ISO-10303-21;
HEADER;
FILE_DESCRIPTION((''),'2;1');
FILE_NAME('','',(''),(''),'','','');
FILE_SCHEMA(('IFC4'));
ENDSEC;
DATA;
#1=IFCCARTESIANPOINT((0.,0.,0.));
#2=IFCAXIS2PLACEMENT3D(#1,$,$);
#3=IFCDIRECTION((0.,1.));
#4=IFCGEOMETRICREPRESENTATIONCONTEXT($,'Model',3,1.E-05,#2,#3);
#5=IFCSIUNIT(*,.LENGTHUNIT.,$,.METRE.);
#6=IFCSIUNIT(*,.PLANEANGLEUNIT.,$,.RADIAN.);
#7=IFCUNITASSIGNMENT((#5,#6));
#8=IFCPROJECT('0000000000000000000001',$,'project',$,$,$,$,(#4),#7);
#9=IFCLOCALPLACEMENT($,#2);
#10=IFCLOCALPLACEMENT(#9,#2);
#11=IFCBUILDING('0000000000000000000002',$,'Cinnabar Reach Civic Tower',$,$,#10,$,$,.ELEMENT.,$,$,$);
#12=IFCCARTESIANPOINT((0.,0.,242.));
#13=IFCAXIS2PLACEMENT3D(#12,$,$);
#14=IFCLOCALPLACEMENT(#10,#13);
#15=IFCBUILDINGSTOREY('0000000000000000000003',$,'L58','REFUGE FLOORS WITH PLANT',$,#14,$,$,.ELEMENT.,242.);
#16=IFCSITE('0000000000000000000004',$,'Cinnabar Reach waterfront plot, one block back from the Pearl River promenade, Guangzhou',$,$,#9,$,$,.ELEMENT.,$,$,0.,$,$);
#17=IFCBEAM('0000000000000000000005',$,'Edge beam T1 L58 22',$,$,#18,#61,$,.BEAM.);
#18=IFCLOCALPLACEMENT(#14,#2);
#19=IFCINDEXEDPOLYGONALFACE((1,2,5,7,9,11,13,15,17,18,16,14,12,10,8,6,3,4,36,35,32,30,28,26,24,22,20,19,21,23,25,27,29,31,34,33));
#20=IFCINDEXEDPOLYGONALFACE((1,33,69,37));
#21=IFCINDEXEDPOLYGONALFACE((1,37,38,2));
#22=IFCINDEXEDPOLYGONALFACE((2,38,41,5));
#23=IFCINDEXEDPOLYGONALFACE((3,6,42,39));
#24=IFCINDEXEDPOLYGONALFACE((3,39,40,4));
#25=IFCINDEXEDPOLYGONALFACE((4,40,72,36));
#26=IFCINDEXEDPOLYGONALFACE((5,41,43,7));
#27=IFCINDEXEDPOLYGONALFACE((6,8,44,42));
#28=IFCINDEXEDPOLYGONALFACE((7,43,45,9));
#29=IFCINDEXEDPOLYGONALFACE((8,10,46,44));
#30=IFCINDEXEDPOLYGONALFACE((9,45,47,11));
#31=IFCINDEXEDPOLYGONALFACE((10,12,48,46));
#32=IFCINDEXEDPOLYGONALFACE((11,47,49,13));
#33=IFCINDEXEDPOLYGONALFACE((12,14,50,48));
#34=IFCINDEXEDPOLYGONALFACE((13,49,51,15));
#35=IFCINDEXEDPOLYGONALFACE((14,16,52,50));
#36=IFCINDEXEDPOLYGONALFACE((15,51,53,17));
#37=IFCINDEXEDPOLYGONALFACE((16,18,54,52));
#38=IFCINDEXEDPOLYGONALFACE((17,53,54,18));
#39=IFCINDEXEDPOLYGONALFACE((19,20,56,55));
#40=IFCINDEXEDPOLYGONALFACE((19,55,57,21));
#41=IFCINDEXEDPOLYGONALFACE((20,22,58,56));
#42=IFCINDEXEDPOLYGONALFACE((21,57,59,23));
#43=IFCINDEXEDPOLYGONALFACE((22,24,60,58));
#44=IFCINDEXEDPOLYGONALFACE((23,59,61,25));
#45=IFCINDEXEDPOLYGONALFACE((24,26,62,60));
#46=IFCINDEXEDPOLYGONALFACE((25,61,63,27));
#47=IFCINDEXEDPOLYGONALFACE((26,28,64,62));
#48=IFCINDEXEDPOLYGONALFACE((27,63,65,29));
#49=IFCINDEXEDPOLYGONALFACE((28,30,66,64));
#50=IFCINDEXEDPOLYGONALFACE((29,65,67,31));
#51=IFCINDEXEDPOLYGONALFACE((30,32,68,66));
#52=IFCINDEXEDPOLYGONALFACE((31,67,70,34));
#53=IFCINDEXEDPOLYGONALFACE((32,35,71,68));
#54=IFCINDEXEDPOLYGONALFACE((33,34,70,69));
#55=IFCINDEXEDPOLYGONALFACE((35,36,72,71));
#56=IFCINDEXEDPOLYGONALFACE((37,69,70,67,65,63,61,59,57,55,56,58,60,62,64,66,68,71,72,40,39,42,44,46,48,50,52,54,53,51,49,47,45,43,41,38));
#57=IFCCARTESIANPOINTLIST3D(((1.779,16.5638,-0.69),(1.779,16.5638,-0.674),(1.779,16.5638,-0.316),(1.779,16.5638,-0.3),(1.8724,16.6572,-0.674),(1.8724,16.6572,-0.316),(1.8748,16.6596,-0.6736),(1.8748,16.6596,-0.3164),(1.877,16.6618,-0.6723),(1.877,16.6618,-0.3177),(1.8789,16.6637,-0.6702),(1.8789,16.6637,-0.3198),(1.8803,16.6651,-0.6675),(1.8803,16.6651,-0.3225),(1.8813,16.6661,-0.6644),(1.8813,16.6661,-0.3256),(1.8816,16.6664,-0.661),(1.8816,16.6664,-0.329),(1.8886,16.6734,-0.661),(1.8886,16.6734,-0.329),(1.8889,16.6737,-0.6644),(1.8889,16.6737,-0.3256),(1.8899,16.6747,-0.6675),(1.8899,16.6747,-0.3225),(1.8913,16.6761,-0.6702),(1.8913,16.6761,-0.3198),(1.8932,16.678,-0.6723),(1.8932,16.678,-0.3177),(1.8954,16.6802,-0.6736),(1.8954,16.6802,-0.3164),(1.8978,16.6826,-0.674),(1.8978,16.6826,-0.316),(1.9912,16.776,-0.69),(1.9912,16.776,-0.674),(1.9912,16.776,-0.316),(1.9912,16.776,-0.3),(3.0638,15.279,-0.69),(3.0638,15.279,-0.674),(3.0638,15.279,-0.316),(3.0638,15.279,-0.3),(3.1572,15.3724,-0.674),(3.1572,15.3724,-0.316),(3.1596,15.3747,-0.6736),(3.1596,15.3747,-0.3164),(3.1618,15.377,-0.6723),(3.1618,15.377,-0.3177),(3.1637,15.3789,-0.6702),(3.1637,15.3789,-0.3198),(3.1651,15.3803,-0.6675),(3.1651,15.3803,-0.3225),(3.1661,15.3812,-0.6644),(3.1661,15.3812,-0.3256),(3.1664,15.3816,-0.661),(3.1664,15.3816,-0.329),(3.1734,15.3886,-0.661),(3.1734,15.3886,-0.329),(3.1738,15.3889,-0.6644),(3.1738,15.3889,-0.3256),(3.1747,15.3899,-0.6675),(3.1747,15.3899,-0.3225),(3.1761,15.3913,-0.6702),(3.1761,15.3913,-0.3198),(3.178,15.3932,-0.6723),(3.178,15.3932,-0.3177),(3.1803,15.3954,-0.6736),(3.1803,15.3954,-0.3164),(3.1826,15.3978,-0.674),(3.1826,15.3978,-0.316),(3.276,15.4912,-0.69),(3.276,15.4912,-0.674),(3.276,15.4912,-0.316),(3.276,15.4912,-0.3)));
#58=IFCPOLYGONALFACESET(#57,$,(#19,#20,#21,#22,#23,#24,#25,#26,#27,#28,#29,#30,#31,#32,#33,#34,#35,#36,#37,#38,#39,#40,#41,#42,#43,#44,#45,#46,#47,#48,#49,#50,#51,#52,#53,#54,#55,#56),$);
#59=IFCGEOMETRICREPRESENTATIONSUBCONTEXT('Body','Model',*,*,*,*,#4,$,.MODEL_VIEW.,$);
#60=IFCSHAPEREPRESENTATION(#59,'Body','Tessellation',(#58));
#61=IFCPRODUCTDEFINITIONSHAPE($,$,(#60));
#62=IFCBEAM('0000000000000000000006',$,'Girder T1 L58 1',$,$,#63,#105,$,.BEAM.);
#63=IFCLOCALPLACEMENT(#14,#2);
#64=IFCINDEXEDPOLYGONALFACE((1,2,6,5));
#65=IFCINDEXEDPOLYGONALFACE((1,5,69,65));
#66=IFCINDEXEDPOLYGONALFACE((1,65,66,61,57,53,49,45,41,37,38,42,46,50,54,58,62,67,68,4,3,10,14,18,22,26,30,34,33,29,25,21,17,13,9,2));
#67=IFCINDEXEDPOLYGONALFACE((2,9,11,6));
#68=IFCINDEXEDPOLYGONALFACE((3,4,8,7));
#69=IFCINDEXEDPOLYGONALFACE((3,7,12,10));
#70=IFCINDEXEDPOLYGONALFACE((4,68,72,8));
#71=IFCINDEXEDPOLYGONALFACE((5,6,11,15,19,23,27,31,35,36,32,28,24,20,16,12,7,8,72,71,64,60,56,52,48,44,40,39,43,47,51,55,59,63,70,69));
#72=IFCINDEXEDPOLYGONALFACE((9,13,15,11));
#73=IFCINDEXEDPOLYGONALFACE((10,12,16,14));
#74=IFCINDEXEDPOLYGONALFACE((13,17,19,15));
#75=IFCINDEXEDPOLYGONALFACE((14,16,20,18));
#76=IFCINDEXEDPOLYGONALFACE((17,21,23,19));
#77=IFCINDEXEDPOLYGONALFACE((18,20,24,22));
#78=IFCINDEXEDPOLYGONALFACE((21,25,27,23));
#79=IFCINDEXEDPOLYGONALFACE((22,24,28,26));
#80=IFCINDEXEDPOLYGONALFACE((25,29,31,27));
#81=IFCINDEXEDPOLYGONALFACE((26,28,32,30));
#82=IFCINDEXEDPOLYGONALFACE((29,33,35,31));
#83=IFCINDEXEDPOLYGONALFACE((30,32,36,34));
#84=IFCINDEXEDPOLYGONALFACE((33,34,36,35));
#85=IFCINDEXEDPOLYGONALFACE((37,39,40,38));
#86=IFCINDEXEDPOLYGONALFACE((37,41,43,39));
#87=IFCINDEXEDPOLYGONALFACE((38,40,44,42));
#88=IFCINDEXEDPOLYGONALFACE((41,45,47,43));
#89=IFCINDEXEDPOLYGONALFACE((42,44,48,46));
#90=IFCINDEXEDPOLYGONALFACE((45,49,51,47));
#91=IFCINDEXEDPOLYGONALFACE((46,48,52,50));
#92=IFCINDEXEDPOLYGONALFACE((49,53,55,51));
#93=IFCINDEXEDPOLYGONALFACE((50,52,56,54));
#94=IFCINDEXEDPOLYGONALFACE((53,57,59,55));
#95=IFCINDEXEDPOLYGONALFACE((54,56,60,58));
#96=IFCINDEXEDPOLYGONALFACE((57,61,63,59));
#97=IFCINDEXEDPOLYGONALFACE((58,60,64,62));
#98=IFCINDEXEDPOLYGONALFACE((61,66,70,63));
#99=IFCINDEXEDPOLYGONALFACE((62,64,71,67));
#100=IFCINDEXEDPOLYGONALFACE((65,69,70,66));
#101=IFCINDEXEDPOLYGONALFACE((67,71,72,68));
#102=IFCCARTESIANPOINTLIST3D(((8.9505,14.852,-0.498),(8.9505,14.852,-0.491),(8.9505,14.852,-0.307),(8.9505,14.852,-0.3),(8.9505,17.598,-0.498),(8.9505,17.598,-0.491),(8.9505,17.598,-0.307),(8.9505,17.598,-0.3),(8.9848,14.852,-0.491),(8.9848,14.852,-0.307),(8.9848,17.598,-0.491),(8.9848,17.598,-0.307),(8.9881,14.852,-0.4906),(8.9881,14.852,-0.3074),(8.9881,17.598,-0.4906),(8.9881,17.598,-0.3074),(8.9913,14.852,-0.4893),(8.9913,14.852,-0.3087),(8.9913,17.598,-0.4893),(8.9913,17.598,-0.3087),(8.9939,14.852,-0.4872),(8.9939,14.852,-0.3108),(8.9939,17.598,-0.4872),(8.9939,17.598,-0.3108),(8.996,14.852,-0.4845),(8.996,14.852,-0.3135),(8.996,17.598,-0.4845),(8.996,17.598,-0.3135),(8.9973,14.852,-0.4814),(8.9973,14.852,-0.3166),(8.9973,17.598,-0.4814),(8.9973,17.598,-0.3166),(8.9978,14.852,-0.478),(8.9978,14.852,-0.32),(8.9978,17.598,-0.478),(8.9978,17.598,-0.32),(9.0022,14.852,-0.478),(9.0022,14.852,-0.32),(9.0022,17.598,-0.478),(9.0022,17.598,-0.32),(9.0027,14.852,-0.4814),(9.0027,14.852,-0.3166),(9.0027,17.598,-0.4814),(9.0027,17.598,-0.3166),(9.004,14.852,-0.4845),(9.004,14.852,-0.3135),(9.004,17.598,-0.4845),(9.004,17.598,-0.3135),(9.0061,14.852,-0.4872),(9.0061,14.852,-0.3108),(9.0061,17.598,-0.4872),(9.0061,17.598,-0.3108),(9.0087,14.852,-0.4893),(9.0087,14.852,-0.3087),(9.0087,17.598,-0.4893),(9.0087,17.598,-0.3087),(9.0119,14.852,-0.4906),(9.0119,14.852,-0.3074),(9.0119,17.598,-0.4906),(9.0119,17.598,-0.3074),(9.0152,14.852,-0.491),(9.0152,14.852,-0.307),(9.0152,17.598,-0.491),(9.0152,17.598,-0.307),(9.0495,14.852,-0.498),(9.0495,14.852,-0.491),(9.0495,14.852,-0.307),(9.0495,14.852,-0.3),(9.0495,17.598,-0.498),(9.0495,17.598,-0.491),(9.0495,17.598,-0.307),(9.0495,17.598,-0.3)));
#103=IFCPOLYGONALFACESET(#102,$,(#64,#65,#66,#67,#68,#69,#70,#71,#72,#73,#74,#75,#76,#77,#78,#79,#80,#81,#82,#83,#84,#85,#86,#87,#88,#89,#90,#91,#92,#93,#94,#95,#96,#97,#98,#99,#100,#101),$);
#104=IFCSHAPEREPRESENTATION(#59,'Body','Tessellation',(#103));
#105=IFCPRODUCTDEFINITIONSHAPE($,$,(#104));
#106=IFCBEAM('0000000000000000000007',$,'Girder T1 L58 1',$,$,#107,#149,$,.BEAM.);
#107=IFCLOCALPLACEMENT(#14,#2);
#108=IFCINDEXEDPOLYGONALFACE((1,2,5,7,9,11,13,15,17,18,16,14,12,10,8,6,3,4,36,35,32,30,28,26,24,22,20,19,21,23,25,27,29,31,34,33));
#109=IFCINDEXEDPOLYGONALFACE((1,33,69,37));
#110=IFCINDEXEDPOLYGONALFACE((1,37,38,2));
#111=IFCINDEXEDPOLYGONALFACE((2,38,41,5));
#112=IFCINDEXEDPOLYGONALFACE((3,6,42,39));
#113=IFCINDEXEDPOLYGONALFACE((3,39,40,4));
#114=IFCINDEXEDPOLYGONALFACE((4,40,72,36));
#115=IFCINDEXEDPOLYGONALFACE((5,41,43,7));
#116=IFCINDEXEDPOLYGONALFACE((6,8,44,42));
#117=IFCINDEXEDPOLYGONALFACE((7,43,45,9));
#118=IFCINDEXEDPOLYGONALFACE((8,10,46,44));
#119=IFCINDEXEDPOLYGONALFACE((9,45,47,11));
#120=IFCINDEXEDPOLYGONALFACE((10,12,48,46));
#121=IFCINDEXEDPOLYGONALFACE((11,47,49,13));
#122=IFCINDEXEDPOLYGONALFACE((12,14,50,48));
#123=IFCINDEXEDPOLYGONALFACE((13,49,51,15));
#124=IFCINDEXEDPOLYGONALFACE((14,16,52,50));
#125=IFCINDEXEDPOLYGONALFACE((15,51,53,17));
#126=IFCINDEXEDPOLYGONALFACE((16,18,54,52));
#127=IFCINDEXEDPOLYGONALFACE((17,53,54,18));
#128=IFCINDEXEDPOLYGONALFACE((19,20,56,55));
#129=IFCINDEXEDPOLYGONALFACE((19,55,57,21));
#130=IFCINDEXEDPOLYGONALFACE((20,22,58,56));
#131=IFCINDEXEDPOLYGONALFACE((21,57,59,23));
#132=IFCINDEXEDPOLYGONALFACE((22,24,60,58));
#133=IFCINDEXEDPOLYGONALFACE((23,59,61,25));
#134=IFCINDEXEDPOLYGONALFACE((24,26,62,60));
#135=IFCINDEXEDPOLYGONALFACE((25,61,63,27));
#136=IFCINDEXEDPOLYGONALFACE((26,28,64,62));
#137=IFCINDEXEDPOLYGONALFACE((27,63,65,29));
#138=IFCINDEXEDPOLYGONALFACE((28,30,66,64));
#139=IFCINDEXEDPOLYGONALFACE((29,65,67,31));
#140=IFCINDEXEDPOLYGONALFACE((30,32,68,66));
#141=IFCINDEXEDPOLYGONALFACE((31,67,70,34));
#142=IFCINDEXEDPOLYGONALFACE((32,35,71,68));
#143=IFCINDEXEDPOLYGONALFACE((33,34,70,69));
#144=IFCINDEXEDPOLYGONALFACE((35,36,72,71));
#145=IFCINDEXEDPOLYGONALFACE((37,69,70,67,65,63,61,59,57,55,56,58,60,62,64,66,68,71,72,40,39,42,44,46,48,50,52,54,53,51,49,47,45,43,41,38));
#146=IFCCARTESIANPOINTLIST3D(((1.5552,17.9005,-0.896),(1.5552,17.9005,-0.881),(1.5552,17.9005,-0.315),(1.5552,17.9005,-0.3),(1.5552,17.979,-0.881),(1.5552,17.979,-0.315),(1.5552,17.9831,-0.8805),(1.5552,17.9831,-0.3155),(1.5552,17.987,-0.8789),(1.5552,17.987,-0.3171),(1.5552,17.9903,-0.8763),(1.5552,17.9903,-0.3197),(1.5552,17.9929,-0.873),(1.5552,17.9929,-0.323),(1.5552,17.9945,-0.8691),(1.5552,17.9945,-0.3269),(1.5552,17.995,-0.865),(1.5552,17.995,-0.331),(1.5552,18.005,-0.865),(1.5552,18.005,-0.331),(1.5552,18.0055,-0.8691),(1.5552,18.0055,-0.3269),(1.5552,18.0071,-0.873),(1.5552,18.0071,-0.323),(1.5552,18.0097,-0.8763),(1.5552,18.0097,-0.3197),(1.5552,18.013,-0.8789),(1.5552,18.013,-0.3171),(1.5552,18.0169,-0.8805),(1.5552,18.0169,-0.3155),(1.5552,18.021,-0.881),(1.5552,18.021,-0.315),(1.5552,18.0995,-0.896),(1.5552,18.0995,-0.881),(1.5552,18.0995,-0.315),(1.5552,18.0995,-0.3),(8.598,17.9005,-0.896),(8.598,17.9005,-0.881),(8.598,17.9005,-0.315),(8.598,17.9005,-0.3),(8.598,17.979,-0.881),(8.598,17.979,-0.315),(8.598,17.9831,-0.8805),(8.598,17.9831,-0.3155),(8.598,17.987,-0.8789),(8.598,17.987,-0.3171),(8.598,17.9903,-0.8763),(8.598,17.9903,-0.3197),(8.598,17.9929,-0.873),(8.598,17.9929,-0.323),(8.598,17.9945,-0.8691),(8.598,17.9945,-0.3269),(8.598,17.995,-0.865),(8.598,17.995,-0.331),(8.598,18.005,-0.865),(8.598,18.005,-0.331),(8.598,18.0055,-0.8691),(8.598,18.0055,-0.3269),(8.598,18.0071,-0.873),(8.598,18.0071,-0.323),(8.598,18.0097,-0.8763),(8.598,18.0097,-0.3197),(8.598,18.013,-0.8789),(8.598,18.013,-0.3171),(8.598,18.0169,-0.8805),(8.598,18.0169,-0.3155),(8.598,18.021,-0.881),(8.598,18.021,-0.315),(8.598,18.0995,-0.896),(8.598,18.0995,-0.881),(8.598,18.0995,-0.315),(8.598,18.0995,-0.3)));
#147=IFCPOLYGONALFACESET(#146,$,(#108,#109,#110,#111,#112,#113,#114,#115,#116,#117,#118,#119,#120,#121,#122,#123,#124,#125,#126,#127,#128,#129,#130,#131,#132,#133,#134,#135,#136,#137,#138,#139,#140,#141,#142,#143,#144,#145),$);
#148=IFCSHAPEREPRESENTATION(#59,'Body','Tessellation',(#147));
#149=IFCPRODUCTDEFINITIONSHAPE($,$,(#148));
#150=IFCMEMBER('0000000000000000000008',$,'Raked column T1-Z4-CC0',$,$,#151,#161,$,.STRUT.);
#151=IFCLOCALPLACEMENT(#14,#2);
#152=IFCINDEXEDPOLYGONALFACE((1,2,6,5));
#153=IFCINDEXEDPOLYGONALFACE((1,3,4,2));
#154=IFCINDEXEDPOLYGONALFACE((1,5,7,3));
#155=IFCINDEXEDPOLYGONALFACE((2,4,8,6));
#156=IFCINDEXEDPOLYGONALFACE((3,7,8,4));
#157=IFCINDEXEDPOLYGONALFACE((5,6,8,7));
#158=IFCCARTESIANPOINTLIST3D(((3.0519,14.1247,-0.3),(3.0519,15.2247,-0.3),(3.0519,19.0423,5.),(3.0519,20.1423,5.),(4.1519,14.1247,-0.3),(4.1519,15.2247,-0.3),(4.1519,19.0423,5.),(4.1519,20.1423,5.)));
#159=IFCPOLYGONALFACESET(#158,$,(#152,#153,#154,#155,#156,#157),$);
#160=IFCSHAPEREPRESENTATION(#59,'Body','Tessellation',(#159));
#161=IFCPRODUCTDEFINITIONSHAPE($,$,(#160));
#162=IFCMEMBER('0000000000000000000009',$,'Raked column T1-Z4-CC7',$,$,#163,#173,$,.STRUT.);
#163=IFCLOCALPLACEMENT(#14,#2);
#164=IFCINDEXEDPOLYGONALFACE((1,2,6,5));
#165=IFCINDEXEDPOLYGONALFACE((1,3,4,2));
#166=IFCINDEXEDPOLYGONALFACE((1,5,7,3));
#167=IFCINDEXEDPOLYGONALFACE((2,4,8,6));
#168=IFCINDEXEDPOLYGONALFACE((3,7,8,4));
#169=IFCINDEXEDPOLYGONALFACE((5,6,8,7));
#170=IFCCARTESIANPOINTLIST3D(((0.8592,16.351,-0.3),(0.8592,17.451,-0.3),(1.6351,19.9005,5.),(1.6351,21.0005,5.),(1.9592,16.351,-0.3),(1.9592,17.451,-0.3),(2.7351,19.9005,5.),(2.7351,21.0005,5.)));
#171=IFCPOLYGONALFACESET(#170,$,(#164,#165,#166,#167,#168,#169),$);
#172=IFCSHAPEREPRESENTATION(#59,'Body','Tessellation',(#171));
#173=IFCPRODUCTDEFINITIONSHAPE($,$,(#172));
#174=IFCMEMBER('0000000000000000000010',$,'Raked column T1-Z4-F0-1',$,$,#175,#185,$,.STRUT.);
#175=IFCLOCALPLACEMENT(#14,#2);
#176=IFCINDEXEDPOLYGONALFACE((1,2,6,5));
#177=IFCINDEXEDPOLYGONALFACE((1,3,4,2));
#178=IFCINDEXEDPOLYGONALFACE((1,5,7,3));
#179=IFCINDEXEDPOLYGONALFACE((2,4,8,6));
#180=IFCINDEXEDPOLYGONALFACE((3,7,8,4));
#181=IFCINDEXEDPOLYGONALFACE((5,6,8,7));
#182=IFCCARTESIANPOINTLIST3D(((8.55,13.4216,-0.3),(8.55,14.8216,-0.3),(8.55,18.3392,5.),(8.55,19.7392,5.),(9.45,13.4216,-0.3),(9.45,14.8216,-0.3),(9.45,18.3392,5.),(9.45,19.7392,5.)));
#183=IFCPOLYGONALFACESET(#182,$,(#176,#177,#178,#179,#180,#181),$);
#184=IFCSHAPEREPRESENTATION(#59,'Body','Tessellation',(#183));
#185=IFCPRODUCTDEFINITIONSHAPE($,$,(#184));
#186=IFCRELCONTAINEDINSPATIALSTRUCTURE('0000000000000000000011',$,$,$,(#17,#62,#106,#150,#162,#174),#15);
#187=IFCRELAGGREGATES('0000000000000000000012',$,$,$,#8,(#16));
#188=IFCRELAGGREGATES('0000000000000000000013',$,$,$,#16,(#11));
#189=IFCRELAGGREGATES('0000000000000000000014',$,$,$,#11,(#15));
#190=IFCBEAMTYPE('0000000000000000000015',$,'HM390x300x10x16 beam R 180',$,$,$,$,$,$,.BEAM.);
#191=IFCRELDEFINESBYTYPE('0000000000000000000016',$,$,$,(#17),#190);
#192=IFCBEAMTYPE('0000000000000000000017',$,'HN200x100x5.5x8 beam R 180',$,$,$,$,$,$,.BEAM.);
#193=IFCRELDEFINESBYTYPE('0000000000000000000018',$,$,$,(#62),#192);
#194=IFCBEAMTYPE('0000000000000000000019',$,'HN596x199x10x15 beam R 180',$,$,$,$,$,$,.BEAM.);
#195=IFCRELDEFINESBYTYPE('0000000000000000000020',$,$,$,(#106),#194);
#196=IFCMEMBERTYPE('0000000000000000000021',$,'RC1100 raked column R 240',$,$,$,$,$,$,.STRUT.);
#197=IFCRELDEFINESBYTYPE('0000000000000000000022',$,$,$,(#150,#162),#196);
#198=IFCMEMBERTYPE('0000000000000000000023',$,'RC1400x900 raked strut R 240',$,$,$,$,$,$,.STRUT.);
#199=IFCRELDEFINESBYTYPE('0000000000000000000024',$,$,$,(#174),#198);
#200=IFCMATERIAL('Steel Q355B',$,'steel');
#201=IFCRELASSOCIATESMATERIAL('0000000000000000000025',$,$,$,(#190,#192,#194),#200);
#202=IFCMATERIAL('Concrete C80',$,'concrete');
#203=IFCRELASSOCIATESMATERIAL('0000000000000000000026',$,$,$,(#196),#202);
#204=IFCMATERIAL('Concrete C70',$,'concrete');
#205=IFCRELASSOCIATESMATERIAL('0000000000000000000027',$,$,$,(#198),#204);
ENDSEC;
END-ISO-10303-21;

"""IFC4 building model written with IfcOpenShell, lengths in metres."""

from ifc_helpers import new_model, si_unit, direction, frame, origin, origin_2d, place, context, subcontext, project, spatial, rectangle, i_section, extrude, material, material_profile, profile_set, type_object, element, save


model = new_model("IFC4")

# Units and contexts
model_context = context("Model", 3, precision=1e-05, world=origin(), true_north=direction((0.0, 1.0)))
body_context = subcontext(model_context, "Body", "Model", "MODEL_VIEW")
ifc_project = project(units=[si_unit("LENGTHUNIT", "METRE"), si_unit("PLANEANGLEUNIT", "RADIAN")], contexts=[model_context])

# Site, building, storey
site_placement = place(None, origin())
site = spatial("IfcSite", under=ifc_project, at=site_placement, Name="Cinnabar Reach waterfront plot, one block back from the Pearl River promenade, Guangzhou", CompositionType="ELEMENT", RefElevation=0.0)
building_placement = place(site_placement, origin())
building = spatial("IfcBuilding", under=site, at=building_placement, Name="Cinnabar Reach Civic Tower", CompositionType="ELEMENT")
storey_placement = place(building_placement, frame((0.0, 0.0, 242.0)))
storey = spatial("IfcBuildingStorey", under=building, at=storey_placement, Name="L58", Description="REFUGE FLOORS WITH PLANT", CompositionType="ELEMENT", Elevation=242.0)

# Shared definitions
ifc_material_1 = material(Name="Concrete C80", Category="concrete")
ifc_material_2 = material(Name="Concrete C70", Category="concrete")

# Beams
ifc_material_3 = material(Name="Steel Q355B", Category="steel")
ifc_material_profile_1 = material_profile(ifc_material_3, i_section(OverallWidth=0.3, OverallDepth=0.39, WebThickness=0.01, FlangeThickness=0.016, FilletRadius=0.013, at=origin_2d()), Name="HM390x300x10x16")
ifc_profile_set_1 = profile_set([ifc_material_profile_1], Name="Steel Q355B")
beam_type_1 = type_object("IfcBeamType", Name="HM390x300x10x16 beam R 180", PredefinedType="BEAM", material=ifc_profile_set_1)
beam_1_placement = place(storey_placement, frame((1.8851, 16.6699, -0.495), z_axis=(0.707107, -0.707107, 0.0), x_axis=(0.707107, 0.707107, 0.0)))
element("IfcBeam", 1, at=beam_1_placement, inside=storey, type_object=beam_type_1, Name="Edge beam T1 L58 22", PredefinedType="BEAM", context=body_context, shape_type="SweptSolid", body=[
    extrude(i_section(OverallWidth=0.3, OverallDepth=0.39, WebThickness=0.01, FlangeThickness=0.016, FilletRadius=0.013, at=origin_2d()), origin(), (0.0, 0.0, 1.0), 1.817),
])
ifc_material_profile_2 = material_profile(ifc_material_3, i_section(OverallWidth=0.099, OverallDepth=0.198, WebThickness=0.0045, FlangeThickness=0.007, FilletRadius=0.013, at=origin_2d()), Name="HN200x100x5.5x8")
ifc_profile_set_2 = profile_set([ifc_material_profile_2], Name="Steel Q355B")
beam_type_2 = type_object("IfcBeamType", Name="HN200x100x5.5x8 beam R 180", PredefinedType="BEAM", material=ifc_profile_set_2)
beam_2_placement = place(storey_placement, frame((9.0, 14.852, -0.399), z_axis=(0.0, 1.0, 0.0), x_axis=(-1.0, 0.0, 0.0)))
element("IfcBeam", 2, at=beam_2_placement, inside=storey, type_object=beam_type_2, Name="Girder T1 L58 1", PredefinedType="BEAM", context=body_context, shape_type="SweptSolid", body=[
    extrude(i_section(OverallWidth=0.099, OverallDepth=0.198, WebThickness=0.0045, FlangeThickness=0.007, FilletRadius=0.013, at=origin_2d()), origin(), (0.0, 0.0, 1.0), 2.746),
])
ifc_material_profile_3 = material_profile(ifc_material_3, i_section(OverallWidth=0.199, OverallDepth=0.596, WebThickness=0.01, FlangeThickness=0.015, FilletRadius=0.016, at=origin_2d()), Name="HN596x199x10x15")
ifc_profile_set_3 = profile_set([ifc_material_profile_3], Name="Steel Q355B")
beam_type_3 = type_object("IfcBeamType", Name="HN596x199x10x15 beam R 180", PredefinedType="BEAM", material=ifc_profile_set_3)
beam_3_placement = place(storey_placement, frame((1.5552, 18.0, -0.598), z_axis=(1.0, 0.0, 0.0), x_axis=(0.0, 1.0, 0.0)))
element("IfcBeam", 3, at=beam_3_placement, inside=storey, type_object=beam_type_3, Name="Girder T1 L58 1", PredefinedType="BEAM", context=body_context, shape_type="SweptSolid", body=[
    extrude(i_section(OverallWidth=0.199, OverallDepth=0.596, WebThickness=0.01, FlangeThickness=0.015, FilletRadius=0.016, at=origin_2d()), origin(), (0.0, 0.0, 1.0), 7.0428),
])

# Members
ifc_material_profile_4 = material_profile(ifc_material_1, rectangle(XDim=1.1, YDim=1.1, at=origin_2d()), Name="RC1100")
ifc_profile_set_4 = profile_set([ifc_material_profile_4], Name="Concrete C80")
member_type_1 = type_object("IfcMemberType", Name="RC1100 raked column R 240", PredefinedType="STRUT", material=ifc_profile_set_4)
member_1_placement = place(storey_placement, frame((3.6019, 14.6747, -0.3), z_axis=(0.0, 0.0, 1.0), x_axis=(1.0, 0.0, 0.0)))
element("IfcMember", 4, at=member_1_placement, inside=storey, type_object=member_type_1, Name="Raked column T1-Z4-CC0", PredefinedType="STRUT", context=body_context, shape_type="SweptSolid", body=[
    extrude(rectangle(XDim=1.1, YDim=1.1, at=origin_2d()), origin(), (0.0, 0.680167, 0.733057), 7.23),
])
member_2_placement = place(storey_placement, frame((1.4092, 16.901, -0.3), z_axis=(0.0, 0.0, 1.0), x_axis=(1.0, 0.0, 0.0)))
element("IfcMember", 5, at=member_2_placement, inside=storey, type_object=member_type_1, Name="Raked column T1-Z4-CC7", PredefinedType="STRUT", context=body_context, shape_type="SweptSolid", body=[
    extrude(rectangle(XDim=1.1, YDim=1.1, at=origin_2d()), origin(), (0.120748, 0.552382, 0.824799), 6.4258),
])
ifc_material_profile_5 = material_profile(ifc_material_2, rectangle(XDim=1.4, YDim=0.9, at=origin_2d()), Name="RC1400x900")
ifc_profile_set_5 = profile_set([ifc_material_profile_5], Name="Concrete C70")
member_type_2 = type_object("IfcMemberType", Name="RC1400x900 raked strut R 240", PredefinedType="STRUT", material=ifc_profile_set_5)
member_3_placement = place(storey_placement, frame((9.0, 14.1216, -0.3), z_axis=(0.0, 0.0, 1.0), x_axis=(0.0, 1.0, 0.0)))
element("IfcMember", 6, at=member_3_placement, inside=storey, type_object=member_type_2, Name="Raked column T1-Z4-F0-1", PredefinedType="STRUT", context=body_context, shape_type="SweptSolid", body=[
    extrude(rectangle(XDim=1.4, YDim=0.9, at=origin_2d()), origin(), (0.680167, 0.0, 0.733057), 7.23),
])

save(model, "model.ifc")
